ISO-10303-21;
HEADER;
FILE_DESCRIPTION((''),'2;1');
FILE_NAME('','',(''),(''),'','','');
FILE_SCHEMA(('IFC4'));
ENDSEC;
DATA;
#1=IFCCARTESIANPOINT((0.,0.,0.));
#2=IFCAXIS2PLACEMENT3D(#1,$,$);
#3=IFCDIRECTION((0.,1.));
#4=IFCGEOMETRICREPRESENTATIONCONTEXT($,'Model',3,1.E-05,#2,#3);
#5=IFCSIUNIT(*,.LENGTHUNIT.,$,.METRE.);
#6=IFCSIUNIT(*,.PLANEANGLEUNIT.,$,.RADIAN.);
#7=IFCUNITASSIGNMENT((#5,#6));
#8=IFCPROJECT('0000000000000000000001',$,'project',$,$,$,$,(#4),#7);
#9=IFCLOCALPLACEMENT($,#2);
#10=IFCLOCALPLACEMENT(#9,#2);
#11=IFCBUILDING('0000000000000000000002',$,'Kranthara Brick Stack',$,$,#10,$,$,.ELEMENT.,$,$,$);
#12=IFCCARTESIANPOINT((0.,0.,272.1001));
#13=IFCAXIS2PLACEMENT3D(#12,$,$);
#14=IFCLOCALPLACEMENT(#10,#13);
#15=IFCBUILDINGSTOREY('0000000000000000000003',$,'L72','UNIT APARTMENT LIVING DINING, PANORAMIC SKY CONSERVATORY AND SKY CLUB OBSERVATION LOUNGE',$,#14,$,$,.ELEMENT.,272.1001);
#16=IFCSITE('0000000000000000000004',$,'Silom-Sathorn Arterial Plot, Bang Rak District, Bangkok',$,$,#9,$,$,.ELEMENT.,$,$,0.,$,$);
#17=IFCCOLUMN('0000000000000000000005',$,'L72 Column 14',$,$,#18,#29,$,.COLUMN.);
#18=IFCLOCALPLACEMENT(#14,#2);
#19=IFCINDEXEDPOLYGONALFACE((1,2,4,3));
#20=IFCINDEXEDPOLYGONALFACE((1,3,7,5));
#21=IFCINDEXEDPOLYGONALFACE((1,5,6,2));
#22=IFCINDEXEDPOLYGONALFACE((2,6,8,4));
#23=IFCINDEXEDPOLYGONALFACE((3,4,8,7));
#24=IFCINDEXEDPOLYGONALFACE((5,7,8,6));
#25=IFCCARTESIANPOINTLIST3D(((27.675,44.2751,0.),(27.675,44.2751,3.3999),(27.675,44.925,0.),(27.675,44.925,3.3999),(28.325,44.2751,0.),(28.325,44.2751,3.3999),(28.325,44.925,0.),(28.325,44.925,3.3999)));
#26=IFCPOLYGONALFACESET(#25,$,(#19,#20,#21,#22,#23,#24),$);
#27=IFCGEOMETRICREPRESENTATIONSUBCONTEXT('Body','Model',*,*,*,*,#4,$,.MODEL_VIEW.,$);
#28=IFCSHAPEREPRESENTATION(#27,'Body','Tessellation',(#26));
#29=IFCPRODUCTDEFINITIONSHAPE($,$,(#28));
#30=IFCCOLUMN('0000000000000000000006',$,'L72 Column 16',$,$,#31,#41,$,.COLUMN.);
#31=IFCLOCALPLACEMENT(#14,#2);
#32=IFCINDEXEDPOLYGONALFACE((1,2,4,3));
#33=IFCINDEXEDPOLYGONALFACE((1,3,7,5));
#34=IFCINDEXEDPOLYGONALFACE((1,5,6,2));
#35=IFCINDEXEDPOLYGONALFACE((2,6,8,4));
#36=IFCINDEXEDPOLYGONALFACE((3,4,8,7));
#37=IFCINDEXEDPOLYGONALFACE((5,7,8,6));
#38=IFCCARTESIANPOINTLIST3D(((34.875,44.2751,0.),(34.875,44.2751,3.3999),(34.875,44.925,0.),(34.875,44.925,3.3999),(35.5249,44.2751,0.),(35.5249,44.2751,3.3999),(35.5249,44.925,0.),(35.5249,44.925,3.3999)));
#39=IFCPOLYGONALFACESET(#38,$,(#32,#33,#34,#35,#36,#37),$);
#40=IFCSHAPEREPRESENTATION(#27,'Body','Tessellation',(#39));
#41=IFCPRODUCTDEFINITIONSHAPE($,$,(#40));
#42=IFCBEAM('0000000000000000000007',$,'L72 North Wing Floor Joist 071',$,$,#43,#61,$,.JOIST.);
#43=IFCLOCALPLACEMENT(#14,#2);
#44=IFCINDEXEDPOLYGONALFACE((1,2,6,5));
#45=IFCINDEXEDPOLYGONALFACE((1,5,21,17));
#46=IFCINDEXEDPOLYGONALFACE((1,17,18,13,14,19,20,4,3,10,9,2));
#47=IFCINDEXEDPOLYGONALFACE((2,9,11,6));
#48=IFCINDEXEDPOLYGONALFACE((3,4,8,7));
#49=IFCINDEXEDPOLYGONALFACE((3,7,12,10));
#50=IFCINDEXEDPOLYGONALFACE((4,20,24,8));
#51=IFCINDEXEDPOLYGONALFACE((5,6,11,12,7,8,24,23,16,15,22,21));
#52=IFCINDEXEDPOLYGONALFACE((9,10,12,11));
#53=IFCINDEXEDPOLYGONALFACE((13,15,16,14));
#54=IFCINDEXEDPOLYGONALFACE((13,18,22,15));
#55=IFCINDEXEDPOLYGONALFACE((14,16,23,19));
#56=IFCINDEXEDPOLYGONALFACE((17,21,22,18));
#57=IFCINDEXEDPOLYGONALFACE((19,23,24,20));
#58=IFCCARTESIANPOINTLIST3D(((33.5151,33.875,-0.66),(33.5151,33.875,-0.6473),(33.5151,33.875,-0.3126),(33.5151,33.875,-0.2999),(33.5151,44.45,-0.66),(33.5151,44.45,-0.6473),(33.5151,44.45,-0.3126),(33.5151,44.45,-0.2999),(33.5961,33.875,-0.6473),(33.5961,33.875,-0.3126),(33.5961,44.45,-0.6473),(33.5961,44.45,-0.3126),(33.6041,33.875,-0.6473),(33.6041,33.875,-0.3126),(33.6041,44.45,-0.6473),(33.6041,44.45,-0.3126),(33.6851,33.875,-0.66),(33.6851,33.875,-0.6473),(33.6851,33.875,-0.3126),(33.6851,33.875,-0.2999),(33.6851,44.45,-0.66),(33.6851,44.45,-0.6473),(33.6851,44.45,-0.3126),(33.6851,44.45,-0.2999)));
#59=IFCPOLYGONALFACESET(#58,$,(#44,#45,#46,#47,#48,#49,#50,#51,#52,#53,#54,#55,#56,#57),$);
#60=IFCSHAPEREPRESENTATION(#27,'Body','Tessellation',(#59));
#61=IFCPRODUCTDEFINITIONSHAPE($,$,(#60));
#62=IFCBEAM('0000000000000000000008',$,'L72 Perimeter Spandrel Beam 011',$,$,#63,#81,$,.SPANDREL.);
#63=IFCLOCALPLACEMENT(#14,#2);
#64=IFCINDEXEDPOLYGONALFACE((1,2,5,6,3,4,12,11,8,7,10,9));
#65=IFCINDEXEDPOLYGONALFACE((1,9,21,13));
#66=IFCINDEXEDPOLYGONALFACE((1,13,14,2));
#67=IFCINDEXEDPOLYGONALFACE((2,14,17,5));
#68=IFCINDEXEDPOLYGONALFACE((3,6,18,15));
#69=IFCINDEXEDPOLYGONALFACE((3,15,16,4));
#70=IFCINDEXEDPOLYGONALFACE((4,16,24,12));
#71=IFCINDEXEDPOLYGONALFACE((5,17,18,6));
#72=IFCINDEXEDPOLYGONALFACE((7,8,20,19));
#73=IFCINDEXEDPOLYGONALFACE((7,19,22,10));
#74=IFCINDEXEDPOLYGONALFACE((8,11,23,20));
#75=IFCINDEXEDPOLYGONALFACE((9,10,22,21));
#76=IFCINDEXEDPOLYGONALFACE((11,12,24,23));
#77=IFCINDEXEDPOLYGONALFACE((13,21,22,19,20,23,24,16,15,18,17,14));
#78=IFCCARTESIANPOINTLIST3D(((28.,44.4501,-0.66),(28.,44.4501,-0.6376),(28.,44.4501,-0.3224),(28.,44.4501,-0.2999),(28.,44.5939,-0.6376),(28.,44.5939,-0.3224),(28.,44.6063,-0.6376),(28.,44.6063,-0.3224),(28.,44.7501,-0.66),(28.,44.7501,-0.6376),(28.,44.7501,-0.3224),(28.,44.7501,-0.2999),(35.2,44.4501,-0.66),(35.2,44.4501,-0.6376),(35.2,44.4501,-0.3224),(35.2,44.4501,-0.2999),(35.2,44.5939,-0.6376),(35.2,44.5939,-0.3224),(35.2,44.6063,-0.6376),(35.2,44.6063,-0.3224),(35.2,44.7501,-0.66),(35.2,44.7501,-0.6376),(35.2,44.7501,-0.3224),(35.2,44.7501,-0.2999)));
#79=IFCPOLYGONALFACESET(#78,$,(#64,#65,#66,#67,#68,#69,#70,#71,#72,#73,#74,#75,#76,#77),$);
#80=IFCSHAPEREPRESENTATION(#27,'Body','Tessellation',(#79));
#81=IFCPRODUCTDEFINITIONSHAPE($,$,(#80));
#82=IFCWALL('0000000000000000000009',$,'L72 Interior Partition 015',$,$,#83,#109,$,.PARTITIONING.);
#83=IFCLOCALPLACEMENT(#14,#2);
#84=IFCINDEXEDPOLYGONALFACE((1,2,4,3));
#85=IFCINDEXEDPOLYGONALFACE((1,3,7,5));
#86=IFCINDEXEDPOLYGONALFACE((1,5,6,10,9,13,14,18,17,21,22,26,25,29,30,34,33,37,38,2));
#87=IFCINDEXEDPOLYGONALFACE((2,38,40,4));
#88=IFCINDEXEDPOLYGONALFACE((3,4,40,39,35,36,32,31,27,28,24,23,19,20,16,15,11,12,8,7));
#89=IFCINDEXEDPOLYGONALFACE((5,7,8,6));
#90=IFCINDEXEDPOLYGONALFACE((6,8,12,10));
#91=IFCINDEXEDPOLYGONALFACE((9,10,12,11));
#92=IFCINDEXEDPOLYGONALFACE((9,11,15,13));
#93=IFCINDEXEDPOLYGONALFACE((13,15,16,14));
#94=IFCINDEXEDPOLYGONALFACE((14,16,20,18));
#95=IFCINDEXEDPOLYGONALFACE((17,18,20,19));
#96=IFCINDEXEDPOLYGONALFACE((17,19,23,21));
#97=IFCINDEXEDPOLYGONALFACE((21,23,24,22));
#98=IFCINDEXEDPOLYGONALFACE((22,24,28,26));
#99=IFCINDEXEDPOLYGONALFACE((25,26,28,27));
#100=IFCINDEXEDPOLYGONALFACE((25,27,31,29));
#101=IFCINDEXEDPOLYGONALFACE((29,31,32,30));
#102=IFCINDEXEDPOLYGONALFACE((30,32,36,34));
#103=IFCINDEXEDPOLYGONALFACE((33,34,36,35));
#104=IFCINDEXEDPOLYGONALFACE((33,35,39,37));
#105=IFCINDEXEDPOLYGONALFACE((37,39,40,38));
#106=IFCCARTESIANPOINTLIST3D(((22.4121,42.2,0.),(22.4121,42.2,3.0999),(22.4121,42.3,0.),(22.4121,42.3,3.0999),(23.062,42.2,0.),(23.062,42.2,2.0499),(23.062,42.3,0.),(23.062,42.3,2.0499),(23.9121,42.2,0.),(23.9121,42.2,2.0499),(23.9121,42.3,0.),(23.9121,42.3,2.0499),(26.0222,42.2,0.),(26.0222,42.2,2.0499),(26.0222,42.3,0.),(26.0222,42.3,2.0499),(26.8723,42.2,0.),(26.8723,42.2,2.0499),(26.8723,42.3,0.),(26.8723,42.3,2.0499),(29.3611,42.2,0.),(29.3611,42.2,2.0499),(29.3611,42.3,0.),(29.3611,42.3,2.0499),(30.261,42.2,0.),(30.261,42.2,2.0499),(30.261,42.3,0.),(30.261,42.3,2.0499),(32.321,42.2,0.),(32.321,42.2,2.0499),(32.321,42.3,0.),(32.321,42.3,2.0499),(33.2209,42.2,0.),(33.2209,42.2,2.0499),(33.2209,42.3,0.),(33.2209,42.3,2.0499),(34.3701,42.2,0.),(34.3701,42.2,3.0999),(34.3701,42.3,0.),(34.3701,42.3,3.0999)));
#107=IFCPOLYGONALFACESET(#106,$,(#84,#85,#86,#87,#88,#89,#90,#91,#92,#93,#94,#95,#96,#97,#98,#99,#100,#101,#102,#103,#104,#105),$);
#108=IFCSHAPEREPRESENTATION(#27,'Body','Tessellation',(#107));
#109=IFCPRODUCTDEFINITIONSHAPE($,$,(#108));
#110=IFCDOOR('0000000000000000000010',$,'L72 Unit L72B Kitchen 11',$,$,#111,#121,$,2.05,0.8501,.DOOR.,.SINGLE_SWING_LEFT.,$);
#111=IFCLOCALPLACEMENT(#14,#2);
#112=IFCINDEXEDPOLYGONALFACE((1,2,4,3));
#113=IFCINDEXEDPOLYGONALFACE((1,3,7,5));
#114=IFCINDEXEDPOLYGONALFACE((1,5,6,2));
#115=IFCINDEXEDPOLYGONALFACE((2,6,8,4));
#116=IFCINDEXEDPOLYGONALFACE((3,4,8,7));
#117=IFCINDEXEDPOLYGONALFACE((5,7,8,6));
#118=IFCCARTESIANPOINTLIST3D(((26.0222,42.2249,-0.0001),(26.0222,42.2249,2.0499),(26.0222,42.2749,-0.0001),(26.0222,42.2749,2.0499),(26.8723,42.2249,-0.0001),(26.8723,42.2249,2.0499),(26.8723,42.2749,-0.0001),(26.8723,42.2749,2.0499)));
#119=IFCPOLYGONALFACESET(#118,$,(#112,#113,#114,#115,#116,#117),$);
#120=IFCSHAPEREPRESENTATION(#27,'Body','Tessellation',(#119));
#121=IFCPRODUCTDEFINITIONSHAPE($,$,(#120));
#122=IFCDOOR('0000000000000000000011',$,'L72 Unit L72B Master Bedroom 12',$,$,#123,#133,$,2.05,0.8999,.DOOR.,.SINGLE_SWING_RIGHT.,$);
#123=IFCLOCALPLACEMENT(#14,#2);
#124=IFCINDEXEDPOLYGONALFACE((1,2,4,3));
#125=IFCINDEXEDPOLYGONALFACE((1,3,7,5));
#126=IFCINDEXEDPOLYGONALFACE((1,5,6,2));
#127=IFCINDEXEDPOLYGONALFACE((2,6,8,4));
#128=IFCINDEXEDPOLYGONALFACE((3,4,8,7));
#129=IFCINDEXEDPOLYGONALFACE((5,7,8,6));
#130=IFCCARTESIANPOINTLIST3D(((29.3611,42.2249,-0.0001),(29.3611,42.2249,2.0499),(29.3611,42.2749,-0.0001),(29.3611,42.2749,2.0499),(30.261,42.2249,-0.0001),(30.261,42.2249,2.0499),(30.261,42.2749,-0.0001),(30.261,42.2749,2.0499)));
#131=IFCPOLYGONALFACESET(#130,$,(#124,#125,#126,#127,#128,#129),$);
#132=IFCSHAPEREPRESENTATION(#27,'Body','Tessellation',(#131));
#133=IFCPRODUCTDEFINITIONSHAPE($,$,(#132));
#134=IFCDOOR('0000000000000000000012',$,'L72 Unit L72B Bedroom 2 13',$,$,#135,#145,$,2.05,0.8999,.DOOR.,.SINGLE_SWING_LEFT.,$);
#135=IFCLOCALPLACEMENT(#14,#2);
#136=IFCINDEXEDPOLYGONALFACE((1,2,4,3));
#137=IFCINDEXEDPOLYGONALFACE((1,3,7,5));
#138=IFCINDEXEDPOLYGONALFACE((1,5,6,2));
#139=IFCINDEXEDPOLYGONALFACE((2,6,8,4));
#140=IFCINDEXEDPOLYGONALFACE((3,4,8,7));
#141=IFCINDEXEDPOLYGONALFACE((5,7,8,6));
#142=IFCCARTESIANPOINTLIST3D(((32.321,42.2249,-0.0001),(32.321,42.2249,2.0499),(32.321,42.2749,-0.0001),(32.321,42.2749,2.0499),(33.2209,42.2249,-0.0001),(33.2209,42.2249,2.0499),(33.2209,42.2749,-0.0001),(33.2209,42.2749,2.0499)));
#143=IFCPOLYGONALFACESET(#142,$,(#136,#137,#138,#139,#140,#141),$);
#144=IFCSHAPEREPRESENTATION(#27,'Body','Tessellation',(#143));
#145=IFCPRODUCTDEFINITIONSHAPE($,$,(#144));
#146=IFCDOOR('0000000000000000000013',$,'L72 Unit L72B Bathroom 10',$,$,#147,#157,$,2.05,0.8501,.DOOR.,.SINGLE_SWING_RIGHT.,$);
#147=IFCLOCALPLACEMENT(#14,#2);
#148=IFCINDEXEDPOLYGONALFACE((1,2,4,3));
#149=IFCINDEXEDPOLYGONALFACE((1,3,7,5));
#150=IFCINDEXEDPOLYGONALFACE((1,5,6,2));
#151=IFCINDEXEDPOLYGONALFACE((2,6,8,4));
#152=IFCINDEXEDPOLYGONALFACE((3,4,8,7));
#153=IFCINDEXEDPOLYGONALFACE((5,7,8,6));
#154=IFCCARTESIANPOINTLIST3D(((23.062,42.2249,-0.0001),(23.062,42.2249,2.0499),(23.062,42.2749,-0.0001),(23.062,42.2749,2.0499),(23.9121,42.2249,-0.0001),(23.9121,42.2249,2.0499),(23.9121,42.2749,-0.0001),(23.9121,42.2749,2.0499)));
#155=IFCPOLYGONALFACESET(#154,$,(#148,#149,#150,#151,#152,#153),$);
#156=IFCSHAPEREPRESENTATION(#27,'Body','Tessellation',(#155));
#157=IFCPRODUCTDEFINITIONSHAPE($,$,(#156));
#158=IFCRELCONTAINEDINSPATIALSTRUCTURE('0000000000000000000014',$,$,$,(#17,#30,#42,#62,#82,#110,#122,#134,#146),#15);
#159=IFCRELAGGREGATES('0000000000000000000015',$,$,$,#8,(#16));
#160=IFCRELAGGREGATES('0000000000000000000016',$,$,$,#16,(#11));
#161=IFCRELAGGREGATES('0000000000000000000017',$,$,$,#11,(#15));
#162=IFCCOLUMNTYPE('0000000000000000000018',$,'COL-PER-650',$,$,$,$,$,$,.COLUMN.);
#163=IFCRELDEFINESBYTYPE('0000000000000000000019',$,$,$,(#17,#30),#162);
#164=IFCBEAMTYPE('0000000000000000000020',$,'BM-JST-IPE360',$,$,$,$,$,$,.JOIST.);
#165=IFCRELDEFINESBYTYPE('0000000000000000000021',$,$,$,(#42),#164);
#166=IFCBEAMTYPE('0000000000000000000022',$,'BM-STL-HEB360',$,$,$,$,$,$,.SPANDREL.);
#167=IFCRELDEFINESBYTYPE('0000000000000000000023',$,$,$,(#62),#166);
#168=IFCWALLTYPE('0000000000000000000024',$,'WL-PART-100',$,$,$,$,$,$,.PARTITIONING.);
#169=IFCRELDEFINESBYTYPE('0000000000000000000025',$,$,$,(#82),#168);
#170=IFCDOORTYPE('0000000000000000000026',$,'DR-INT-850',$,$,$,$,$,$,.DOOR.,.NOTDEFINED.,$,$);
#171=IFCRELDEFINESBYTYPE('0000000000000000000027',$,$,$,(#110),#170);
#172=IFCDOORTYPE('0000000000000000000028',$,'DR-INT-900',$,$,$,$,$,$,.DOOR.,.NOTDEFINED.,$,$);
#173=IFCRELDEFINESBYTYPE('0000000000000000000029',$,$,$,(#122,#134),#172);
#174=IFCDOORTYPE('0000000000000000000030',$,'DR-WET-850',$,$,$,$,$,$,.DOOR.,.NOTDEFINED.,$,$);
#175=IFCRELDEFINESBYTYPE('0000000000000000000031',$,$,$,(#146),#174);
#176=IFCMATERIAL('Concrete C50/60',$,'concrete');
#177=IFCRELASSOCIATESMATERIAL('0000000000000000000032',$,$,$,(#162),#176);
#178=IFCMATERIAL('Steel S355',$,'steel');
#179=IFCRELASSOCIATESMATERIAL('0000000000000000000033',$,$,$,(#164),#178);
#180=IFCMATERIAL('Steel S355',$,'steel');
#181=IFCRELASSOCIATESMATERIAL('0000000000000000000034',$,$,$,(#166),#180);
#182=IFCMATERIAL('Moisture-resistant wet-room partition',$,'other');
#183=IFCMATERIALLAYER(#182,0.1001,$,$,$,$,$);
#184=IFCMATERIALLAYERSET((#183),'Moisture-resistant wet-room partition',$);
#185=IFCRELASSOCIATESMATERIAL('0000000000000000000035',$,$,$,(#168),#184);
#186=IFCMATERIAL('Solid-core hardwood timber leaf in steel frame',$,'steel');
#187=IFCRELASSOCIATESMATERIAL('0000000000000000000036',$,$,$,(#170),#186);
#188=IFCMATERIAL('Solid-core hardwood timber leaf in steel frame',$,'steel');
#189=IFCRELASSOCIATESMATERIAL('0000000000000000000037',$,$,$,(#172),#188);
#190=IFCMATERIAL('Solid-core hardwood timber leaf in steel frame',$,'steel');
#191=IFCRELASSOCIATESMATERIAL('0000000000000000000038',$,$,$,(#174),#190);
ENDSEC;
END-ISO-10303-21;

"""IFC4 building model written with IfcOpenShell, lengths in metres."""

from ifc_helpers import new_model, si_unit, direction, frame, frame_2d, origin, origin_2d, place, context, subcontext, project, spatial, rectangle, i_section, extrude, material, layer, layer_set, material_profile, profile_set, type_object, element, fill, save


model = new_model("IFC4")

# Units and contexts
model_context = context("Model", 3, precision=1e-05, world=origin(), true_north=direction((0.0, 1.0)))
body_context = subcontext(model_context, "Body", "Model", "MODEL_VIEW")
ifc_project = project(units=[si_unit("LENGTHUNIT", "METRE"), si_unit("PLANEANGLEUNIT", "RADIAN")], contexts=[model_context])

# Site, building, storey
site_placement = place(None, origin())
site = spatial("IfcSite", under=ifc_project, at=site_placement, Name="Silom-Sathorn Arterial Plot, Bang Rak District, Bangkok", CompositionType="ELEMENT", RefElevation=0.0)
building_placement = place(site_placement, origin())
building = spatial("IfcBuilding", under=site, at=building_placement, Name="Kranthara Brick Stack", CompositionType="ELEMENT")
storey_placement = place(building_placement, frame((0.0, 0.0, 272.1001)))
storey = spatial("IfcBuildingStorey", under=building, at=storey_placement, Name="L72", Description="UNIT APARTMENT LIVING DINING, PANORAMIC SKY CONSERVATORY AND SKY CLUB OBSERVATION LOUNGE", CompositionType="ELEMENT", Elevation=272.1001)

# Columns
ifc_material_1 = material(Name="Concrete C50/60", Category="concrete")
ifc_material_profile_1 = material_profile(ifc_material_1, rectangle(XDim=0.6499, YDim=0.6499, at=origin_2d()), Name="RC 650x650")
ifc_profile_set_1 = profile_set([ifc_material_profile_1], Name="Concrete C50/60")
column_type = type_object("IfcColumnType", Name="COL-PER-650", PredefinedType="COLUMN", material=ifc_profile_set_1)
for number, where, z_axis, x_axis, name in (
    (1, (28.0, 44.6001, 0.0), (0.0, 0.0, 1.0), (1.0, 0.0, 0.0), "L72 Column 14"),
    (2, (35.2, 44.6001, 0.0), (0.0, 0.0, 1.0), (1.0, 0.0, 0.0), "L72 Column 16"),
):
    element("IfcColumn", number, at=place(storey_placement, frame(where, z_axis=z_axis, x_axis=x_axis)), inside=storey, type_object=column_type, Name=name, PredefinedType="COLUMN", context=body_context, shape_type="SweptSolid", body=[
        extrude(rectangle(XDim=0.6499, YDim=0.6499, at=origin_2d()), origin(), (0.0, 0.0, 1.0), 3.3999),
    ])

# Beams
ifc_material_2 = material(Name="Steel S355", Category="steel")
ifc_material_profile_2 = material_profile(ifc_material_2, i_section(OverallWidth=0.1699, OverallDepth=0.3601, WebThickness=0.0081, FlangeThickness=0.0127, at=origin_2d()), Name="IPE 360")
ifc_profile_set_2 = profile_set([ifc_material_profile_2], Name="Steel S355")
beam_type_1 = type_object("IfcBeamType", Name="BM-JST-IPE360", PredefinedType="JOIST", material=ifc_profile_set_2)
beam_1_placement = place(storey_placement, frame((33.6001, 33.875, -0.48), z_axis=(0.0, 1.0, 0.0), x_axis=(-1.0, 0.0, 0.0)))
element("IfcBeam", 3, at=beam_1_placement, inside=storey, type_object=beam_type_1, Name="L72 North Wing Floor Joist 071", PredefinedType="JOIST", context=body_context, shape_type="SweptSolid", body=[
    extrude(i_section(OverallWidth=0.1699, OverallDepth=0.3601, WebThickness=0.0081, FlangeThickness=0.0127, at=origin_2d()), origin(), (0.0, 0.0, 1.0), 10.575),
])
ifc_material_3 = material(Name="Steel S355", Category="steel")
ifc_material_profile_3 = material_profile(ifc_material_3, i_section(OverallWidth=0.3, OverallDepth=0.3601, WebThickness=0.0125, FlangeThickness=0.0225, at=origin_2d()), Name="HEB 360")
ifc_profile_set_3 = profile_set([ifc_material_profile_3], Name="Steel S355")
beam_type_2 = type_object("IfcBeamType", Name="BM-STL-HEB360", PredefinedType="SPANDREL", material=ifc_profile_set_3)
beam_2_placement = place(storey_placement, frame((28.0, 44.6001, -0.48), z_axis=(1.0, 0.0, 0.0), x_axis=(0.0, 1.0, 0.0)))
element("IfcBeam", 4, at=beam_2_placement, inside=storey, type_object=beam_type_2, Name="L72 Perimeter Spandrel Beam 011", PredefinedType="SPANDREL", context=body_context, shape_type="SweptSolid", body=[
    extrude(i_section(OverallWidth=0.3, OverallDepth=0.3601, WebThickness=0.0125, FlangeThickness=0.0225, at=origin_2d()), origin(), (0.0, 0.0, 1.0), 7.2),
])

# Wall, openings, doors
ifc_material_4 = material(Name="Moisture-resistant wet-room partition", Category="other")
ifc_layer_1 = layer(ifc_material_4, 0.1001)
ifc_layer_set_1 = layer_set([ifc_layer_1], Name="Moisture-resistant wet-room partition")
wall_type_1 = type_object("IfcWallType", Name="WL-PART-100", PredefinedType="PARTITIONING", material=ifc_layer_set_1)
wall_1_placement = place(storey_placement, frame((22.4121, 42.25, 0.0), z_axis=(0.0, 0.0, 1.0), x_axis=(1.0, 0.0, 0.0)))
wall_1 = element("IfcWall", 5, at=wall_1_placement, inside=storey, type_object=wall_type_1, Name="L72 Interior Partition 015", PredefinedType="PARTITIONING", context=body_context, shape_type="SweptSolid", body=[
    extrude(rectangle(XDim=11.958, YDim=0.1001, at=frame_2d((5.979, 0.0))), origin(), (0.0, 0.0, 1.0), 3.0999),
])
opening_1_placement = place(wall_1_placement, frame((0.6499, 0.0, 0.0)))
opening_1 = element("IfcOpeningElement", 6, at=opening_1_placement, cuts=wall_1, PredefinedType="OPENING", context=body_context, shape_type="SweptSolid", body=[
    extrude(rectangle(XDim=0.8501, YDim=2.05, at=frame_2d((0.425, 1.0249))), frame((0.0, 0.0601, 0.0), z_axis=(0.0, -1.0, 0.0), x_axis=(1.0, 0.0, 0.0)), (0.0, 0.0, 1.0), 0.1201),
])
opening_2_placement = place(wall_1_placement, frame((3.6101, 0.0, 0.0)))
opening_2 = element("IfcOpeningElement", 7, at=opening_2_placement, cuts=wall_1, PredefinedType="OPENING", context=body_context, shape_type="SweptSolid", body=[
    extrude(rectangle(XDim=0.8501, YDim=2.05, at=frame_2d((0.425, 1.0249))), frame((0.0, 0.0601, 0.0), z_axis=(0.0, -1.0, 0.0), x_axis=(1.0, 0.0, 0.0)), (0.0, 0.0, 1.0), 0.1201),
])
opening_3_placement = place(wall_1_placement, frame((6.949, 0.0, 0.0)))
opening_3 = element("IfcOpeningElement", 8, at=opening_3_placement, cuts=wall_1, PredefinedType="OPENING", context=body_context, shape_type="SweptSolid", body=[
    extrude(rectangle(XDim=0.8999, YDim=2.05, at=frame_2d((0.45, 1.0249))), frame((0.0, 0.0601, 0.0), z_axis=(0.0, -1.0, 0.0), x_axis=(1.0, 0.0, 0.0)), (0.0, 0.0, 1.0), 0.1201),
])
opening_4_placement = place(wall_1_placement, frame((9.9089, 0.0, 0.0)))
opening_4 = element("IfcOpeningElement", 9, at=opening_4_placement, cuts=wall_1, PredefinedType="OPENING", context=body_context, shape_type="SweptSolid", body=[
    extrude(rectangle(XDim=0.8999, YDim=2.05, at=frame_2d((0.45, 1.0249))), frame((0.0, 0.0601, 0.0), z_axis=(0.0, -1.0, 0.0), x_axis=(1.0, 0.0, 0.0)), (0.0, 0.0, 1.0), 0.1201),
])
ifc_material_5 = material(Name="Solid-core hardwood timber leaf in steel frame", Category="steel")
door_type_1 = type_object("IfcDoorType", Name="DR-INT-850", OperationType="NOTDEFINED", PredefinedType="DOOR", material=ifc_material_5)
door_1_placement = place(opening_2_placement, origin())
door_1 = element("IfcDoor", 10, at=door_1_placement, inside=storey, type_object=door_type_1, Name="L72 Unit L72B Kitchen 11", OperationType="SINGLE_SWING_LEFT", OverallHeight=2.05, OverallWidth=0.8501, PredefinedType="DOOR", context=body_context, shape_type="SweptSolid", body=[
    extrude(rectangle(XDim=0.8501, YDim=2.05, at=frame_2d((0.425, 1.0249))), frame((0.0, 0.0249, 0.0), z_axis=(0.0, -1.0, 0.0), x_axis=(1.0, 0.0, 0.0)), (0.0, 0.0, 1.0), 0.05),
])
fill(opening_2, door_1)
ifc_material_6 = material(Name="Solid-core hardwood timber leaf in steel frame", Category="steel")
door_type_2 = type_object("IfcDoorType", Name="DR-INT-900", OperationType="NOTDEFINED", PredefinedType="DOOR", material=ifc_material_6)
door_2_placement = place(opening_3_placement, origin())
door_2 = element("IfcDoor", 11, at=door_2_placement, inside=storey, type_object=door_type_2, Name="L72 Unit L72B Master Bedroom 12", OperationType="SINGLE_SWING_RIGHT", OverallHeight=2.05, OverallWidth=0.8999, PredefinedType="DOOR", context=body_context, shape_type="SweptSolid", body=[
    extrude(rectangle(XDim=0.8999, YDim=2.05, at=frame_2d((0.45, 1.0249))), frame((0.0, 0.0249, 0.0), z_axis=(0.0, -1.0, 0.0), x_axis=(1.0, 0.0, 0.0)), (0.0, 0.0, 1.0), 0.05),
])
fill(opening_3, door_2)
door_3_placement = place(opening_4_placement, origin())
door_3 = element("IfcDoor", 12, at=door_3_placement, inside=storey, type_object=door_type_2, Name="L72 Unit L72B Bedroom 2 13", OperationType="SINGLE_SWING_LEFT", OverallHeight=2.05, OverallWidth=0.8999, PredefinedType="DOOR", context=body_context, shape_type="SweptSolid", body=[
    extrude(rectangle(XDim=0.8999, YDim=2.05, at=frame_2d((0.45, 1.0249))), frame((0.0, 0.0249, 0.0), z_axis=(0.0, -1.0, 0.0), x_axis=(1.0, 0.0, 0.0)), (0.0, 0.0, 1.0), 0.05),
])
fill(opening_4, door_3)
ifc_material_7 = material(Name="Solid-core hardwood timber leaf in steel frame", Category="steel")
door_type_3 = type_object("IfcDoorType", Name="DR-WET-850", OperationType="NOTDEFINED", PredefinedType="DOOR", material=ifc_material_7)
door_4_placement = place(opening_1_placement, origin())
door_4 = element("IfcDoor", 13, at=door_4_placement, inside=storey, type_object=door_type_3, Name="L72 Unit L72B Bathroom 10", OperationType="SINGLE_SWING_RIGHT", OverallHeight=2.05, OverallWidth=0.8501, PredefinedType="DOOR", context=body_context, shape_type="SweptSolid", body=[
    extrude(rectangle(XDim=0.8501, YDim=2.05, at=frame_2d((0.425, 1.0249))), frame((0.0, 0.0249, 0.0), z_axis=(0.0, -1.0, 0.0), x_axis=(1.0, 0.0, 0.0)), (0.0, 0.0, 1.0), 0.05),
])
fill(opening_1, door_4)

save(model, "model.ifc")
